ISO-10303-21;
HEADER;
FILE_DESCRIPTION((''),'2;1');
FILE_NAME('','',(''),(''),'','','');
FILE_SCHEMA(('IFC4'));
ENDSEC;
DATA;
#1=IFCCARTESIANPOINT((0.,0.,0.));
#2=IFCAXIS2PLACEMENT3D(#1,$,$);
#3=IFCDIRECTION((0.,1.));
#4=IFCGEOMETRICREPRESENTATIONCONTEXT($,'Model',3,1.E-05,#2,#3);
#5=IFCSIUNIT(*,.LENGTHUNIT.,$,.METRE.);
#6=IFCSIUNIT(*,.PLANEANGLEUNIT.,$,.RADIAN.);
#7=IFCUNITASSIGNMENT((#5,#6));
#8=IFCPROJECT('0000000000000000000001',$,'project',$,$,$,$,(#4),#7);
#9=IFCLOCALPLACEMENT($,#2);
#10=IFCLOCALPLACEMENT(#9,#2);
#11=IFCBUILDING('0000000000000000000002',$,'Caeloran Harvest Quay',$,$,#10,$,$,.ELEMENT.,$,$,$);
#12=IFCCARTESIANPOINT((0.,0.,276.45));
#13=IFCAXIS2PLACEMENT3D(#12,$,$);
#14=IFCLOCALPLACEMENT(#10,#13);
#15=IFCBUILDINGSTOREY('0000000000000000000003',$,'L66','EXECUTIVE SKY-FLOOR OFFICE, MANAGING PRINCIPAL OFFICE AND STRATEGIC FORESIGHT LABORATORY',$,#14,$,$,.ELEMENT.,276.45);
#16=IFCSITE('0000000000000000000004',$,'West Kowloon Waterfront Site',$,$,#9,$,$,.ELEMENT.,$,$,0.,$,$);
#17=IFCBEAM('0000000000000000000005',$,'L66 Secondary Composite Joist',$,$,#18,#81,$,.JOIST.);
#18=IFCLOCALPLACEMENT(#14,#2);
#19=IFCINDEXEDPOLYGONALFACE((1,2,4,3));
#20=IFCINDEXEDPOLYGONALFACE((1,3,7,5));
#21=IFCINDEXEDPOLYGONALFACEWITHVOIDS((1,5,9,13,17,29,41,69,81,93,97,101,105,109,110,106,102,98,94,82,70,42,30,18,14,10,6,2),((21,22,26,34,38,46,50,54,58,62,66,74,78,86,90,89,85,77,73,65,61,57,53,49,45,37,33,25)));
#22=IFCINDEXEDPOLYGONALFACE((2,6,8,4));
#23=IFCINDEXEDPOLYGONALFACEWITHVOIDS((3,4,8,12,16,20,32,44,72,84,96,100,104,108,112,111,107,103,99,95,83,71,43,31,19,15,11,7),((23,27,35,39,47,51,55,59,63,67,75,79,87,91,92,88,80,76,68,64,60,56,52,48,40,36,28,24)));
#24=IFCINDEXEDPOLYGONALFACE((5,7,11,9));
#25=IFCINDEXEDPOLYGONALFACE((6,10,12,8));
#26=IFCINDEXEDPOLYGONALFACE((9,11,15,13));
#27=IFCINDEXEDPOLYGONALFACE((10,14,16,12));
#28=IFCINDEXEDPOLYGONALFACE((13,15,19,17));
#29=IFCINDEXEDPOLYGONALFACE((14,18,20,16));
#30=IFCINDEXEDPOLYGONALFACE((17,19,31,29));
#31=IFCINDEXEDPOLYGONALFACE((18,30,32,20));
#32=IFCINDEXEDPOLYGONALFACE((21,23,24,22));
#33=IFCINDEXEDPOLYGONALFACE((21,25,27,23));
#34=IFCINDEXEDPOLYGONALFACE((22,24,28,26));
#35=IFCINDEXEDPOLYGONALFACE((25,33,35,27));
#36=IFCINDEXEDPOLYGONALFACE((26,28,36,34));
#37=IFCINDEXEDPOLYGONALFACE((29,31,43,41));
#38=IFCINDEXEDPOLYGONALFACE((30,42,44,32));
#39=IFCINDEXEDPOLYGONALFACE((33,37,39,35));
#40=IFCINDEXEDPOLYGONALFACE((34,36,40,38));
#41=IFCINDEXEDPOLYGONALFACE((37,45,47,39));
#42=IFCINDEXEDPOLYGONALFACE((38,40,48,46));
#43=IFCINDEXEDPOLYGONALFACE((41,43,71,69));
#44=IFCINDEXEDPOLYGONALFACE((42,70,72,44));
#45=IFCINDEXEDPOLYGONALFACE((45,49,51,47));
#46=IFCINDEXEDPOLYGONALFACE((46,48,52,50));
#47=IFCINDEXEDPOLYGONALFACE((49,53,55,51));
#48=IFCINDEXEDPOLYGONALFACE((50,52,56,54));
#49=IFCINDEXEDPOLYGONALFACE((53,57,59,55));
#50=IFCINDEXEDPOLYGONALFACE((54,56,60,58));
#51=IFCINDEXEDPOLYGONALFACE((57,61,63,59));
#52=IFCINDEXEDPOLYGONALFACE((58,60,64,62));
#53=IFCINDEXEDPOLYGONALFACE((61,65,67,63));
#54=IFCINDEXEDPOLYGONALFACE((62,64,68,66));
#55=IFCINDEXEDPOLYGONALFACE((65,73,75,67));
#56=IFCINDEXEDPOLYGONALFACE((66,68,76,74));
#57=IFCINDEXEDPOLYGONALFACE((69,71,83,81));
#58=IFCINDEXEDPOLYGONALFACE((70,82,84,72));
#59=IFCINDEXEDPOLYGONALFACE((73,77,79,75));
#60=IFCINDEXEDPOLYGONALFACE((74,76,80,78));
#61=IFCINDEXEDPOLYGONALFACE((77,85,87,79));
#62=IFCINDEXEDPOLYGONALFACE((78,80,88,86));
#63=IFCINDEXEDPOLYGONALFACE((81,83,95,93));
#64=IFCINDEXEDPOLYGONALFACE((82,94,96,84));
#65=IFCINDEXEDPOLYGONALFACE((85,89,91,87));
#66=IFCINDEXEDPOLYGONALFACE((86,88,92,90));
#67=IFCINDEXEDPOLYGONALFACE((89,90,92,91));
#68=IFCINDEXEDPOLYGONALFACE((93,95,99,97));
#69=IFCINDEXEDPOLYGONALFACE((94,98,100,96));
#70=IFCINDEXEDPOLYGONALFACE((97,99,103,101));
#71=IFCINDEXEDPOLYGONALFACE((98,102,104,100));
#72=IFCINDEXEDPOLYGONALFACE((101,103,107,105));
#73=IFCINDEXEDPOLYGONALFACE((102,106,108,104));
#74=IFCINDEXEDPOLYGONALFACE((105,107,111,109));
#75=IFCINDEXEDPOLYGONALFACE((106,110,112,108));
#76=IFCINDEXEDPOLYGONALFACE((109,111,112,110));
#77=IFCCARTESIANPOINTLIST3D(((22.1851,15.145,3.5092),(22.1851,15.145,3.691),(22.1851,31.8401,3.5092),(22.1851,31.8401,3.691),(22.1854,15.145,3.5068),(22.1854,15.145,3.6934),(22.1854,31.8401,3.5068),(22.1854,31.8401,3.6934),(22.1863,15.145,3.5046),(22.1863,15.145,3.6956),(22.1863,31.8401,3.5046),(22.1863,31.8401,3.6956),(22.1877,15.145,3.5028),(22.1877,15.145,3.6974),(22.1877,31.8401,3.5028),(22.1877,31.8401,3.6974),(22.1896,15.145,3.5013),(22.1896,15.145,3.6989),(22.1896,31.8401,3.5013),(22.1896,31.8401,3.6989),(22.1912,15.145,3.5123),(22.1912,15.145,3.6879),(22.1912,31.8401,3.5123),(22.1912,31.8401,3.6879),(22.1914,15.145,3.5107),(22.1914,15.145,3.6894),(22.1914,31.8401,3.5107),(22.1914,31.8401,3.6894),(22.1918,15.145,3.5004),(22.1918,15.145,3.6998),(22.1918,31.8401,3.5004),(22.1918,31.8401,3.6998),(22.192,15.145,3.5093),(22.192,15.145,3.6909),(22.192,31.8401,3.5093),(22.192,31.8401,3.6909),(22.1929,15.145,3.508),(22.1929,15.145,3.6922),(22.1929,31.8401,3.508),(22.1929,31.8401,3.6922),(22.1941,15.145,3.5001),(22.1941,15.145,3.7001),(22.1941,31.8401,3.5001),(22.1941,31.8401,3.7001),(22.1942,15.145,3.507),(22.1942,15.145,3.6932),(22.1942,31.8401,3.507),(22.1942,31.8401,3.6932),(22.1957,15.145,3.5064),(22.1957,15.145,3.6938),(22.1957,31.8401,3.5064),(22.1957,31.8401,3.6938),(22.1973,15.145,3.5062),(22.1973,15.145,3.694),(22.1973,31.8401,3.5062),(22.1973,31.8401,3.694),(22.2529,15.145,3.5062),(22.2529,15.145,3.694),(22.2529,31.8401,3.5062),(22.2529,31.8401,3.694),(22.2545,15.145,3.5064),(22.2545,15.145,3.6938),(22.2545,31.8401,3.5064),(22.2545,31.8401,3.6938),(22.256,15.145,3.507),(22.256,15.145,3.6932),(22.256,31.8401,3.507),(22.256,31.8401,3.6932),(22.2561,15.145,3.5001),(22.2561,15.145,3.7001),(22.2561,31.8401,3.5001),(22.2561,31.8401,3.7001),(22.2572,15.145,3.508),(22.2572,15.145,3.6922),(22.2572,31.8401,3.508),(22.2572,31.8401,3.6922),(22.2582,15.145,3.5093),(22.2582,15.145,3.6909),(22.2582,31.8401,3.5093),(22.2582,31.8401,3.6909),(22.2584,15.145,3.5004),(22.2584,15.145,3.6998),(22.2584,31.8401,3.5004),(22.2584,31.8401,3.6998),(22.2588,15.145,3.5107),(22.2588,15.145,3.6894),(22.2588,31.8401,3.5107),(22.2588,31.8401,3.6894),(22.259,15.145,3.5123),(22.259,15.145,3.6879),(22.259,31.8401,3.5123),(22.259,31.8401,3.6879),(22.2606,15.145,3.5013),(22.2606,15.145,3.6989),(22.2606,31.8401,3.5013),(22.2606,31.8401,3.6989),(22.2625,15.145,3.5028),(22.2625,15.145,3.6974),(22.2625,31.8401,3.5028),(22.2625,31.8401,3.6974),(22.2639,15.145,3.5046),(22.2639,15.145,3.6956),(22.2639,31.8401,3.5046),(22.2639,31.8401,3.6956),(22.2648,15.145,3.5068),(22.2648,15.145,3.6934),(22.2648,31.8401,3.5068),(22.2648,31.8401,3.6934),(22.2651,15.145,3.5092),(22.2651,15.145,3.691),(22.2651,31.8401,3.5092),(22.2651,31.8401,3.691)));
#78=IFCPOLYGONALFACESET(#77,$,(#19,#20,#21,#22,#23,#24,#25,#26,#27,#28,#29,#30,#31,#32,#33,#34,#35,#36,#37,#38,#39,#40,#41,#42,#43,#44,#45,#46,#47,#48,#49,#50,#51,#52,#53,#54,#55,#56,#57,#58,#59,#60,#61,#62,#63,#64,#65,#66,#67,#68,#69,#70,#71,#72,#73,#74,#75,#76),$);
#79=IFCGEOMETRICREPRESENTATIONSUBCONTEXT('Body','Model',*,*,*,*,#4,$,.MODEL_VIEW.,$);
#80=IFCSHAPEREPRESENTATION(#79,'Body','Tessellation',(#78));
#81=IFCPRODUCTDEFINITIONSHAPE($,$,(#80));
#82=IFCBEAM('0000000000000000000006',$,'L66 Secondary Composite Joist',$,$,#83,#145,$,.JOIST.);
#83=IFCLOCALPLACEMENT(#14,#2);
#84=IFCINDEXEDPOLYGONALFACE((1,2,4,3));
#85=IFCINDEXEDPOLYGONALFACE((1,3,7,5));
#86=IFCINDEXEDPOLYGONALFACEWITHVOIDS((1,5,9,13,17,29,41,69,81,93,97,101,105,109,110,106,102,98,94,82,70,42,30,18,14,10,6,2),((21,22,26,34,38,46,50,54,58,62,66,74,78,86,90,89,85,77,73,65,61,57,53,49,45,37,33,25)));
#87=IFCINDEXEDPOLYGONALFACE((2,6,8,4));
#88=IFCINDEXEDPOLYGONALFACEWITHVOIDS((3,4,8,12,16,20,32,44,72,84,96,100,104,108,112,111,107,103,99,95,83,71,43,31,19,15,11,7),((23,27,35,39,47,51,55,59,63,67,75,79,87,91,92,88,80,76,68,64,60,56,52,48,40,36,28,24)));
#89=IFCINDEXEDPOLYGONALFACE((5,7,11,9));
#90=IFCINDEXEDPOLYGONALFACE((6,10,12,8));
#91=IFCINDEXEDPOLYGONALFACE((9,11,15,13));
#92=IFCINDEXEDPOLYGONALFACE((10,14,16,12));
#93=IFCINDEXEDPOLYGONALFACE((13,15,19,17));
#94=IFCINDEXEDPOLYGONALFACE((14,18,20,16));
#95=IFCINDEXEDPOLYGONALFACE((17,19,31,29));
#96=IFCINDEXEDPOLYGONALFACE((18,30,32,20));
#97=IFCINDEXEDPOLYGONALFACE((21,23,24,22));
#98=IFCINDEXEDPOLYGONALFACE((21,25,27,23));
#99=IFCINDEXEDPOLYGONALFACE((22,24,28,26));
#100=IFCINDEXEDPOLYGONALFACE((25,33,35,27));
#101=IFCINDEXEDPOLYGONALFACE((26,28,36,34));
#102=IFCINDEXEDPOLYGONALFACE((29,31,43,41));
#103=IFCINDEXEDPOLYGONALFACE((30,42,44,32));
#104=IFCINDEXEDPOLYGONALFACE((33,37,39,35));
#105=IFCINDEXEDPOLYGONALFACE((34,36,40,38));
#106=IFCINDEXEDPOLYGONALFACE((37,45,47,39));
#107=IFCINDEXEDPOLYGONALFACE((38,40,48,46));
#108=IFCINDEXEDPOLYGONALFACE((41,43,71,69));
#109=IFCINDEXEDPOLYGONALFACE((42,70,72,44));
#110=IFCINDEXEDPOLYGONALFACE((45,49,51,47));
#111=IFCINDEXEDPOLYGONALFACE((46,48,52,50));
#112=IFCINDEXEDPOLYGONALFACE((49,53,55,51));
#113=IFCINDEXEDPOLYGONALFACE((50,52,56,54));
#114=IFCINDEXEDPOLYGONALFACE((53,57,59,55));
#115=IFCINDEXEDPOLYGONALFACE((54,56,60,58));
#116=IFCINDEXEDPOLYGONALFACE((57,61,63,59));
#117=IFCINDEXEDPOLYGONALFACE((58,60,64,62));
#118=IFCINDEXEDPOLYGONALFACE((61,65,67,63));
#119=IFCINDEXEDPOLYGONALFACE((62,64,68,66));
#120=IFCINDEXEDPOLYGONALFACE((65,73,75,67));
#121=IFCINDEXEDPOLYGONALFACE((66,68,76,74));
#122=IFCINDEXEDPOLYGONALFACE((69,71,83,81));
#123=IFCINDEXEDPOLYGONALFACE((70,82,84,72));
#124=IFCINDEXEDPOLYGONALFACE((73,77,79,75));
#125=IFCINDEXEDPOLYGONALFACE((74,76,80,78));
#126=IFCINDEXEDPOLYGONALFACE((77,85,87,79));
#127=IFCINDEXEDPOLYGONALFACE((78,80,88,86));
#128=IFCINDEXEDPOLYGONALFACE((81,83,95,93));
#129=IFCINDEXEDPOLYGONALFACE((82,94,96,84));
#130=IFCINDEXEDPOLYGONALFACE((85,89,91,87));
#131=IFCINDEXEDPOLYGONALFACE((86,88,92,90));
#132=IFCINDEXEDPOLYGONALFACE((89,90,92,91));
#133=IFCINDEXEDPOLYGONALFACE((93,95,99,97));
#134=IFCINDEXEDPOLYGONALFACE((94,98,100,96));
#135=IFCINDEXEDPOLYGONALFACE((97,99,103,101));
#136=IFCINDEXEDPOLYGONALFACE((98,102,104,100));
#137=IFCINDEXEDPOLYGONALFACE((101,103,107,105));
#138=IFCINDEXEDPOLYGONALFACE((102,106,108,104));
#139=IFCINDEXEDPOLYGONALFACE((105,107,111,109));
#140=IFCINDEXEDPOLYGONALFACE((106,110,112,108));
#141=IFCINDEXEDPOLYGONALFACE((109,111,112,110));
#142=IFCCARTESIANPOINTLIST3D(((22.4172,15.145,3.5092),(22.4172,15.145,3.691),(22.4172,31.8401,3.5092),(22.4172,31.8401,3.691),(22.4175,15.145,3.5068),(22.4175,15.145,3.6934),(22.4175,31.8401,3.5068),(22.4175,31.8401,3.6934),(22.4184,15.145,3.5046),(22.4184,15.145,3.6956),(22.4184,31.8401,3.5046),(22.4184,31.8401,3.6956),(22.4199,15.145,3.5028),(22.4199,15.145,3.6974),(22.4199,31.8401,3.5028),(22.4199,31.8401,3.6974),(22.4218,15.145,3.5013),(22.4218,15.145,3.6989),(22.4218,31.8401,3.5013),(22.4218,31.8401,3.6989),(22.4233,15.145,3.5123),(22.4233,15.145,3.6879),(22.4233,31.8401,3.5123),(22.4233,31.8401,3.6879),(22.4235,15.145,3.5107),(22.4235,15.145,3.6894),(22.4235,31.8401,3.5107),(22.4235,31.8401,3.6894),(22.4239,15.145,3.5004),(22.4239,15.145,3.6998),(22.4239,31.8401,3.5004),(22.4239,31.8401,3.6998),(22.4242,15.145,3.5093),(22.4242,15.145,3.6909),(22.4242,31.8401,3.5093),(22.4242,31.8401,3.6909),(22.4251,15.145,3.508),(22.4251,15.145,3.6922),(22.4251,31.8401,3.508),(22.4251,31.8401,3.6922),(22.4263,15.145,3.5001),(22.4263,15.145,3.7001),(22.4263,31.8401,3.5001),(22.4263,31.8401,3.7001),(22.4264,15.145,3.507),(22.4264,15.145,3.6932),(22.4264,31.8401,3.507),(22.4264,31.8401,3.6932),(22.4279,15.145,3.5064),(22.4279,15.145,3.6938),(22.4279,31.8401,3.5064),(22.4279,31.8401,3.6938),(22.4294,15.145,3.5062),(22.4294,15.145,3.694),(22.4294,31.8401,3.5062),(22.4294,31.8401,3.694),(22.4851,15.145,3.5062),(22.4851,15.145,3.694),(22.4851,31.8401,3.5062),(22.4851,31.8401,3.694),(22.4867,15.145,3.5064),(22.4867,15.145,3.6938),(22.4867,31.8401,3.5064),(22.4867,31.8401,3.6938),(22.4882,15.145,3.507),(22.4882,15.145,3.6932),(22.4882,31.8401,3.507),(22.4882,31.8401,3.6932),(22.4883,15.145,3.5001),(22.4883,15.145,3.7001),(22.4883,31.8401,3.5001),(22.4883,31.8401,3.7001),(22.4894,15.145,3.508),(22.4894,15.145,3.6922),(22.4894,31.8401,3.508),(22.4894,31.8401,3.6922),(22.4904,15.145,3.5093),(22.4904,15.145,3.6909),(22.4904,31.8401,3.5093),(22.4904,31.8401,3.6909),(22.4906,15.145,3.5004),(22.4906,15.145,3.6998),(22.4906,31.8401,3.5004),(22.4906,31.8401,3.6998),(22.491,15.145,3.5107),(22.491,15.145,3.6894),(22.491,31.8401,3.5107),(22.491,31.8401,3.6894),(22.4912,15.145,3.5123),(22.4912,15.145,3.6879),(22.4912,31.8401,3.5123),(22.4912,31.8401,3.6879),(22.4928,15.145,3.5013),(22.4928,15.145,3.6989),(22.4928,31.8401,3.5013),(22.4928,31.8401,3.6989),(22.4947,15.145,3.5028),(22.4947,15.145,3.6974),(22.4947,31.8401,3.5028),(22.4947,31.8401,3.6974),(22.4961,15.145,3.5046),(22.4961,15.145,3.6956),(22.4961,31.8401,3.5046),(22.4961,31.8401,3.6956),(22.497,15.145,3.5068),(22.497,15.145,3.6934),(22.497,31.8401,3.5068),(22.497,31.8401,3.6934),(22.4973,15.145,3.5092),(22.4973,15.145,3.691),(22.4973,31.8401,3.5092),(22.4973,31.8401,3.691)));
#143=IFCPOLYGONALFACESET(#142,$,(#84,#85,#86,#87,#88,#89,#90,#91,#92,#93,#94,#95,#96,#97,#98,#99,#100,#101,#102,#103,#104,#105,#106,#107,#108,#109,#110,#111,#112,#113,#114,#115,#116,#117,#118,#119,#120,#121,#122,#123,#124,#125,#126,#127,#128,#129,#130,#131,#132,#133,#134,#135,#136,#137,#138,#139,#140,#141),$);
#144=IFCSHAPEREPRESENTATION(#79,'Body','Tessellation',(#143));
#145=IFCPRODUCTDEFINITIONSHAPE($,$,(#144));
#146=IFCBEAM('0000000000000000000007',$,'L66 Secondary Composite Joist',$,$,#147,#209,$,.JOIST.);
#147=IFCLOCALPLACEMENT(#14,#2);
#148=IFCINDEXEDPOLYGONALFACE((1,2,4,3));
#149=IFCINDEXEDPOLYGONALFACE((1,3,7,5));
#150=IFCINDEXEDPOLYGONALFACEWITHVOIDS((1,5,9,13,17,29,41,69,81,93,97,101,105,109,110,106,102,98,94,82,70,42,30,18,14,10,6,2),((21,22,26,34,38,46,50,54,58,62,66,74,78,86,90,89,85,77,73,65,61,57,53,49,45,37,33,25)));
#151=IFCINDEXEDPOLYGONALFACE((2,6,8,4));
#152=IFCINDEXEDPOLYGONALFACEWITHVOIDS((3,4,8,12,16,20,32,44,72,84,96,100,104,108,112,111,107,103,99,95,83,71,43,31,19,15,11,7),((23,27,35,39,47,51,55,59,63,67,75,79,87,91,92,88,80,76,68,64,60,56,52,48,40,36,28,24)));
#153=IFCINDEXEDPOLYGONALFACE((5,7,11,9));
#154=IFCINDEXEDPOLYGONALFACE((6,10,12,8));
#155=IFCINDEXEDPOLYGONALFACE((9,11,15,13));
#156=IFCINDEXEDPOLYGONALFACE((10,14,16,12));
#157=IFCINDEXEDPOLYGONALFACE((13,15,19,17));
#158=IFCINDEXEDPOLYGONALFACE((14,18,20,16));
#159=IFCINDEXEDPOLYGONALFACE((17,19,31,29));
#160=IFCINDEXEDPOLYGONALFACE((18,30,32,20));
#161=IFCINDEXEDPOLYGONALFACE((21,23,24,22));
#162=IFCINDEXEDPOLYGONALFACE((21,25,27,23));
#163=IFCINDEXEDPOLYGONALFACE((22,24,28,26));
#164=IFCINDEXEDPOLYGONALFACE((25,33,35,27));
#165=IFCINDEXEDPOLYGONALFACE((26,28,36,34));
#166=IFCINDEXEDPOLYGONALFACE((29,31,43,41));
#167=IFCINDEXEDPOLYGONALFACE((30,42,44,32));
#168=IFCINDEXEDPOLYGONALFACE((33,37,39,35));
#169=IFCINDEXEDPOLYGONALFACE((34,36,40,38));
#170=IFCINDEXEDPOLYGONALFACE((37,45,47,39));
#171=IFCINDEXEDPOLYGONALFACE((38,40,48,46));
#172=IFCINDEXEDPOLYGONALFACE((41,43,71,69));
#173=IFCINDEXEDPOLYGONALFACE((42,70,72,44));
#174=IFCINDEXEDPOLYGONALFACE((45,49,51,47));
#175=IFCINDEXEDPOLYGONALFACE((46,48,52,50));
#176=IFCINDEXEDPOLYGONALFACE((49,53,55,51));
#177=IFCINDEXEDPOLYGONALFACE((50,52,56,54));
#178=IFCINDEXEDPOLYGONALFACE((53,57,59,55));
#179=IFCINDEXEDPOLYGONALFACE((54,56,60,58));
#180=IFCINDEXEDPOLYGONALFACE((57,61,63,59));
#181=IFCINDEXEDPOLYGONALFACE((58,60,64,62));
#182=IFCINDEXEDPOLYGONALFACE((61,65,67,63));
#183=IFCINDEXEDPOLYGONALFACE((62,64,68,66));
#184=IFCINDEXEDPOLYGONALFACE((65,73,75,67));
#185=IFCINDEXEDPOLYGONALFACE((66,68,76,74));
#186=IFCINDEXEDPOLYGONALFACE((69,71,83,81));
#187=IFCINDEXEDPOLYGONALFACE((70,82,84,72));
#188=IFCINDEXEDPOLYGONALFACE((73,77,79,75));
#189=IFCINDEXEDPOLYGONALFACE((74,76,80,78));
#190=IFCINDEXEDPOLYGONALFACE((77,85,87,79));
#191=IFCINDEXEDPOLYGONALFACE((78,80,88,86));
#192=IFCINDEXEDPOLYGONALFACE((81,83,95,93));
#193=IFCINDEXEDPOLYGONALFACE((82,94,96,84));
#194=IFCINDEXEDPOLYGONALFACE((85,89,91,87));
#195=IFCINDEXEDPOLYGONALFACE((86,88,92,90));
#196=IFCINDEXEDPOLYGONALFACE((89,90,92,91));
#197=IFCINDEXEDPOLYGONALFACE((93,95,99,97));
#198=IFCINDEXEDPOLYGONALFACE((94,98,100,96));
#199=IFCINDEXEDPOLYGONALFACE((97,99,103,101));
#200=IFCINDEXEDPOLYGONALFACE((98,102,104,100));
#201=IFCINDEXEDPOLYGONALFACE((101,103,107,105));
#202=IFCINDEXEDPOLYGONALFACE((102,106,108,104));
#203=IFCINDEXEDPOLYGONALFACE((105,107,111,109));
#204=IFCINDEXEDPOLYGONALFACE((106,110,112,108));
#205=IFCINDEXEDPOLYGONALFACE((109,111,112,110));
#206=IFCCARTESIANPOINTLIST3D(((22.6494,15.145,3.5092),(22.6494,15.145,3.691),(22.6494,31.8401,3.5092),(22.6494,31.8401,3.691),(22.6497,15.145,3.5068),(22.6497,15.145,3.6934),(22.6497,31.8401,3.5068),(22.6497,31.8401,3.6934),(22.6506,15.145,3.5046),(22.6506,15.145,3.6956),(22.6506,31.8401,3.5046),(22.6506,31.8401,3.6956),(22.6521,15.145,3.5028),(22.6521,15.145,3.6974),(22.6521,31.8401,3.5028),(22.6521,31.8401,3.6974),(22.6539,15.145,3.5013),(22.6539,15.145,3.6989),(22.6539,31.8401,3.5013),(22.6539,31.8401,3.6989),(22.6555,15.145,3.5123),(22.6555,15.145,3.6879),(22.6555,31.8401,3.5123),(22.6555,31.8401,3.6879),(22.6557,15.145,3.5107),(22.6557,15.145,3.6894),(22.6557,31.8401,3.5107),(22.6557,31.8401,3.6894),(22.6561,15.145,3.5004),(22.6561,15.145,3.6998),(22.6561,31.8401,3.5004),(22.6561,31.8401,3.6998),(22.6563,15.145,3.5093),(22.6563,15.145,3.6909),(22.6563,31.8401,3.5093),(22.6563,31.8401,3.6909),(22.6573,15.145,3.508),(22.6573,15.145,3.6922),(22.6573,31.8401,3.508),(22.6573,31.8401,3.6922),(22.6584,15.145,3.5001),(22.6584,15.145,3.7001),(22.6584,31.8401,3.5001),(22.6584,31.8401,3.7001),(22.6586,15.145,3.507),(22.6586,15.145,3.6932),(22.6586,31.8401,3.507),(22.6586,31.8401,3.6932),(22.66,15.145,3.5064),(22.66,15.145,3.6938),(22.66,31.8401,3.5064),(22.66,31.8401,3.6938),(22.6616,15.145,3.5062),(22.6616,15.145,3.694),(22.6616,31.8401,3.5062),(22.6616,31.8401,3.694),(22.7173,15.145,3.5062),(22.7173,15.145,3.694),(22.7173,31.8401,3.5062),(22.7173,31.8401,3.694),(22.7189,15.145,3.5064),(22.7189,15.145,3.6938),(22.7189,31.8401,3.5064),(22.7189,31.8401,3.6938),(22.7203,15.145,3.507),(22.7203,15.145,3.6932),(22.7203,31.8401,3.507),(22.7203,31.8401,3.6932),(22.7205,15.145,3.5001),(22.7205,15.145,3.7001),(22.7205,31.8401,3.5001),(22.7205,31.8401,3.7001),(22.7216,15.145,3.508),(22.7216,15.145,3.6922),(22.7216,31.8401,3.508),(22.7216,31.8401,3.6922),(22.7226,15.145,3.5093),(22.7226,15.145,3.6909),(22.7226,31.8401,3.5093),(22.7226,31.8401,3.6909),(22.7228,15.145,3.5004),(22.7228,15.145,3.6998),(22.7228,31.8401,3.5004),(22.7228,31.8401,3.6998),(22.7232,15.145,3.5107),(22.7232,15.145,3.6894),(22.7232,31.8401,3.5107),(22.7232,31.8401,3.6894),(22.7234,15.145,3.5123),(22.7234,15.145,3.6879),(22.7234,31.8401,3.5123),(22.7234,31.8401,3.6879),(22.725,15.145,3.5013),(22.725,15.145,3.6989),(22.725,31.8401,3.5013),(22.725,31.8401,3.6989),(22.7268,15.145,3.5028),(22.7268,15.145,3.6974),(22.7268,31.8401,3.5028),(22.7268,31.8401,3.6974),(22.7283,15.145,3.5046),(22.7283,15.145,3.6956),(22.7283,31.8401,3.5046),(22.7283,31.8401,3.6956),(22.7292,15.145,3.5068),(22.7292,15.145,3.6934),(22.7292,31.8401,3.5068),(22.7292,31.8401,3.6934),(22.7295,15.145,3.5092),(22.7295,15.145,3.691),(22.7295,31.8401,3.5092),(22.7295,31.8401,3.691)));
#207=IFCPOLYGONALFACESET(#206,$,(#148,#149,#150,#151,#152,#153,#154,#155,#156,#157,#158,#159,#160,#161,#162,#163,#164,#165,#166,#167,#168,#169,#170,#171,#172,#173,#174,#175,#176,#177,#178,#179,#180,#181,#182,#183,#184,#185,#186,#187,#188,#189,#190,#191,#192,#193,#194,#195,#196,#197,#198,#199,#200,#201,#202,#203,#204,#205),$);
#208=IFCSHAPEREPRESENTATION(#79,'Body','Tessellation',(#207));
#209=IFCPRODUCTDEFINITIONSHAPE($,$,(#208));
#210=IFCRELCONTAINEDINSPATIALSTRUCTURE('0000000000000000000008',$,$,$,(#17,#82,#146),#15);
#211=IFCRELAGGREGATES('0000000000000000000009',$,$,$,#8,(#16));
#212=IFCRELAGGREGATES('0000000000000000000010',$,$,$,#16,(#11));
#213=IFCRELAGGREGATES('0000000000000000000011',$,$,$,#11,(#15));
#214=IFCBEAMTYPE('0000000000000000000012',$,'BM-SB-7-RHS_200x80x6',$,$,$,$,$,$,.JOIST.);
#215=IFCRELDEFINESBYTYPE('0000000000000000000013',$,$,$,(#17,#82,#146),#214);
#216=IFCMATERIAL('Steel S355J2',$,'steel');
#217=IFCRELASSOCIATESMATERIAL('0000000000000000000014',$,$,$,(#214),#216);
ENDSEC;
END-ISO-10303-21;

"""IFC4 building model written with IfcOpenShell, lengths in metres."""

from ifc_helpers import new_model, si_unit, direction, frame, origin, origin_2d, place, context, subcontext, project, spatial, hollow_rectangle, extrude, material, material_profile, profile_set, type_object, element, save


model = new_model("IFC4")

# Units and contexts
model_context = context("Model", 3, precision=1e-05, world=origin(), true_north=direction((0.0, 1.0)))
body_context = subcontext(model_context, "Body", "Model", "MODEL_VIEW")
ifc_project = project(units=[si_unit("LENGTHUNIT", "METRE"), si_unit("PLANEANGLEUNIT", "RADIAN")], contexts=[model_context])

# Site, building, storey
site_placement = place(None, origin())
site = spatial("IfcSite", under=ifc_project, at=site_placement, Name="West Kowloon Waterfront Site", CompositionType="ELEMENT", RefElevation=0.0)
building_placement = place(site_placement, origin())
building = spatial("IfcBuilding", under=site, at=building_placement, Name="Caeloran Harvest Quay", CompositionType="ELEMENT")
storey_placement = place(building_placement, frame((0.0, 0.0, 276.45)))
storey = spatial("IfcBuildingStorey", under=building, at=storey_placement, Name="L66", Description="EXECUTIVE SKY-FLOOR OFFICE, MANAGING PRINCIPAL OFFICE AND STRATEGIC FORESIGHT LABORATORY", CompositionType="ELEMENT", Elevation=276.45)

# Beams
ifc_material_1 = material(Name="Steel S355J2", Category="steel")
ifc_material_profile_1 = material_profile(ifc_material_1, hollow_rectangle(XDim=0.0801, YDim=0.2, WallThickness=0.0061, InnerFilletRadius=0.0061, OuterFilletRadius=0.009, at=origin_2d()), Name="RHS 200x80x6")
ifc_profile_set_1 = profile_set([ifc_material_profile_1], Name="Steel S355J2")
beam_type_1 = type_object("IfcBeamType", Name="BM-SB-7-RHS_200x80x6", PredefinedType="JOIST", material=ifc_profile_set_1)
for number, where, z_axis, x_axis, name in (
    (1, (22.2251, 15.145, 3.6001), (0.0, 1.0, 0.0), (-1.0, 0.0, 0.0), "L66 Secondary Composite Joist"),
    (2, (22.4573, 15.145, 3.6001), (0.0, 1.0, 0.0), (-1.0, 0.0, 0.0), "L66 Secondary Composite Joist"),
    (3, (22.6895, 15.145, 3.6001), (0.0, 1.0, 0.0), (-1.0, 0.0, 0.0), "L66 Secondary Composite Joist"),
):
    element("IfcBeam", number, at=place(storey_placement, frame(where, z_axis=z_axis, x_axis=x_axis)), inside=storey, type_object=beam_type_1, Name=name, PredefinedType="JOIST", context=body_context, shape_type="SweptSolid", body=[
        extrude(hollow_rectangle(XDim=0.0801, YDim=0.2, WallThickness=0.0061, InnerFilletRadius=0.0061, OuterFilletRadius=0.009, at=origin_2d()), origin(), (0.0, 0.0, 1.0), 16.6951),
    ])

save(model, "model.ifc")
